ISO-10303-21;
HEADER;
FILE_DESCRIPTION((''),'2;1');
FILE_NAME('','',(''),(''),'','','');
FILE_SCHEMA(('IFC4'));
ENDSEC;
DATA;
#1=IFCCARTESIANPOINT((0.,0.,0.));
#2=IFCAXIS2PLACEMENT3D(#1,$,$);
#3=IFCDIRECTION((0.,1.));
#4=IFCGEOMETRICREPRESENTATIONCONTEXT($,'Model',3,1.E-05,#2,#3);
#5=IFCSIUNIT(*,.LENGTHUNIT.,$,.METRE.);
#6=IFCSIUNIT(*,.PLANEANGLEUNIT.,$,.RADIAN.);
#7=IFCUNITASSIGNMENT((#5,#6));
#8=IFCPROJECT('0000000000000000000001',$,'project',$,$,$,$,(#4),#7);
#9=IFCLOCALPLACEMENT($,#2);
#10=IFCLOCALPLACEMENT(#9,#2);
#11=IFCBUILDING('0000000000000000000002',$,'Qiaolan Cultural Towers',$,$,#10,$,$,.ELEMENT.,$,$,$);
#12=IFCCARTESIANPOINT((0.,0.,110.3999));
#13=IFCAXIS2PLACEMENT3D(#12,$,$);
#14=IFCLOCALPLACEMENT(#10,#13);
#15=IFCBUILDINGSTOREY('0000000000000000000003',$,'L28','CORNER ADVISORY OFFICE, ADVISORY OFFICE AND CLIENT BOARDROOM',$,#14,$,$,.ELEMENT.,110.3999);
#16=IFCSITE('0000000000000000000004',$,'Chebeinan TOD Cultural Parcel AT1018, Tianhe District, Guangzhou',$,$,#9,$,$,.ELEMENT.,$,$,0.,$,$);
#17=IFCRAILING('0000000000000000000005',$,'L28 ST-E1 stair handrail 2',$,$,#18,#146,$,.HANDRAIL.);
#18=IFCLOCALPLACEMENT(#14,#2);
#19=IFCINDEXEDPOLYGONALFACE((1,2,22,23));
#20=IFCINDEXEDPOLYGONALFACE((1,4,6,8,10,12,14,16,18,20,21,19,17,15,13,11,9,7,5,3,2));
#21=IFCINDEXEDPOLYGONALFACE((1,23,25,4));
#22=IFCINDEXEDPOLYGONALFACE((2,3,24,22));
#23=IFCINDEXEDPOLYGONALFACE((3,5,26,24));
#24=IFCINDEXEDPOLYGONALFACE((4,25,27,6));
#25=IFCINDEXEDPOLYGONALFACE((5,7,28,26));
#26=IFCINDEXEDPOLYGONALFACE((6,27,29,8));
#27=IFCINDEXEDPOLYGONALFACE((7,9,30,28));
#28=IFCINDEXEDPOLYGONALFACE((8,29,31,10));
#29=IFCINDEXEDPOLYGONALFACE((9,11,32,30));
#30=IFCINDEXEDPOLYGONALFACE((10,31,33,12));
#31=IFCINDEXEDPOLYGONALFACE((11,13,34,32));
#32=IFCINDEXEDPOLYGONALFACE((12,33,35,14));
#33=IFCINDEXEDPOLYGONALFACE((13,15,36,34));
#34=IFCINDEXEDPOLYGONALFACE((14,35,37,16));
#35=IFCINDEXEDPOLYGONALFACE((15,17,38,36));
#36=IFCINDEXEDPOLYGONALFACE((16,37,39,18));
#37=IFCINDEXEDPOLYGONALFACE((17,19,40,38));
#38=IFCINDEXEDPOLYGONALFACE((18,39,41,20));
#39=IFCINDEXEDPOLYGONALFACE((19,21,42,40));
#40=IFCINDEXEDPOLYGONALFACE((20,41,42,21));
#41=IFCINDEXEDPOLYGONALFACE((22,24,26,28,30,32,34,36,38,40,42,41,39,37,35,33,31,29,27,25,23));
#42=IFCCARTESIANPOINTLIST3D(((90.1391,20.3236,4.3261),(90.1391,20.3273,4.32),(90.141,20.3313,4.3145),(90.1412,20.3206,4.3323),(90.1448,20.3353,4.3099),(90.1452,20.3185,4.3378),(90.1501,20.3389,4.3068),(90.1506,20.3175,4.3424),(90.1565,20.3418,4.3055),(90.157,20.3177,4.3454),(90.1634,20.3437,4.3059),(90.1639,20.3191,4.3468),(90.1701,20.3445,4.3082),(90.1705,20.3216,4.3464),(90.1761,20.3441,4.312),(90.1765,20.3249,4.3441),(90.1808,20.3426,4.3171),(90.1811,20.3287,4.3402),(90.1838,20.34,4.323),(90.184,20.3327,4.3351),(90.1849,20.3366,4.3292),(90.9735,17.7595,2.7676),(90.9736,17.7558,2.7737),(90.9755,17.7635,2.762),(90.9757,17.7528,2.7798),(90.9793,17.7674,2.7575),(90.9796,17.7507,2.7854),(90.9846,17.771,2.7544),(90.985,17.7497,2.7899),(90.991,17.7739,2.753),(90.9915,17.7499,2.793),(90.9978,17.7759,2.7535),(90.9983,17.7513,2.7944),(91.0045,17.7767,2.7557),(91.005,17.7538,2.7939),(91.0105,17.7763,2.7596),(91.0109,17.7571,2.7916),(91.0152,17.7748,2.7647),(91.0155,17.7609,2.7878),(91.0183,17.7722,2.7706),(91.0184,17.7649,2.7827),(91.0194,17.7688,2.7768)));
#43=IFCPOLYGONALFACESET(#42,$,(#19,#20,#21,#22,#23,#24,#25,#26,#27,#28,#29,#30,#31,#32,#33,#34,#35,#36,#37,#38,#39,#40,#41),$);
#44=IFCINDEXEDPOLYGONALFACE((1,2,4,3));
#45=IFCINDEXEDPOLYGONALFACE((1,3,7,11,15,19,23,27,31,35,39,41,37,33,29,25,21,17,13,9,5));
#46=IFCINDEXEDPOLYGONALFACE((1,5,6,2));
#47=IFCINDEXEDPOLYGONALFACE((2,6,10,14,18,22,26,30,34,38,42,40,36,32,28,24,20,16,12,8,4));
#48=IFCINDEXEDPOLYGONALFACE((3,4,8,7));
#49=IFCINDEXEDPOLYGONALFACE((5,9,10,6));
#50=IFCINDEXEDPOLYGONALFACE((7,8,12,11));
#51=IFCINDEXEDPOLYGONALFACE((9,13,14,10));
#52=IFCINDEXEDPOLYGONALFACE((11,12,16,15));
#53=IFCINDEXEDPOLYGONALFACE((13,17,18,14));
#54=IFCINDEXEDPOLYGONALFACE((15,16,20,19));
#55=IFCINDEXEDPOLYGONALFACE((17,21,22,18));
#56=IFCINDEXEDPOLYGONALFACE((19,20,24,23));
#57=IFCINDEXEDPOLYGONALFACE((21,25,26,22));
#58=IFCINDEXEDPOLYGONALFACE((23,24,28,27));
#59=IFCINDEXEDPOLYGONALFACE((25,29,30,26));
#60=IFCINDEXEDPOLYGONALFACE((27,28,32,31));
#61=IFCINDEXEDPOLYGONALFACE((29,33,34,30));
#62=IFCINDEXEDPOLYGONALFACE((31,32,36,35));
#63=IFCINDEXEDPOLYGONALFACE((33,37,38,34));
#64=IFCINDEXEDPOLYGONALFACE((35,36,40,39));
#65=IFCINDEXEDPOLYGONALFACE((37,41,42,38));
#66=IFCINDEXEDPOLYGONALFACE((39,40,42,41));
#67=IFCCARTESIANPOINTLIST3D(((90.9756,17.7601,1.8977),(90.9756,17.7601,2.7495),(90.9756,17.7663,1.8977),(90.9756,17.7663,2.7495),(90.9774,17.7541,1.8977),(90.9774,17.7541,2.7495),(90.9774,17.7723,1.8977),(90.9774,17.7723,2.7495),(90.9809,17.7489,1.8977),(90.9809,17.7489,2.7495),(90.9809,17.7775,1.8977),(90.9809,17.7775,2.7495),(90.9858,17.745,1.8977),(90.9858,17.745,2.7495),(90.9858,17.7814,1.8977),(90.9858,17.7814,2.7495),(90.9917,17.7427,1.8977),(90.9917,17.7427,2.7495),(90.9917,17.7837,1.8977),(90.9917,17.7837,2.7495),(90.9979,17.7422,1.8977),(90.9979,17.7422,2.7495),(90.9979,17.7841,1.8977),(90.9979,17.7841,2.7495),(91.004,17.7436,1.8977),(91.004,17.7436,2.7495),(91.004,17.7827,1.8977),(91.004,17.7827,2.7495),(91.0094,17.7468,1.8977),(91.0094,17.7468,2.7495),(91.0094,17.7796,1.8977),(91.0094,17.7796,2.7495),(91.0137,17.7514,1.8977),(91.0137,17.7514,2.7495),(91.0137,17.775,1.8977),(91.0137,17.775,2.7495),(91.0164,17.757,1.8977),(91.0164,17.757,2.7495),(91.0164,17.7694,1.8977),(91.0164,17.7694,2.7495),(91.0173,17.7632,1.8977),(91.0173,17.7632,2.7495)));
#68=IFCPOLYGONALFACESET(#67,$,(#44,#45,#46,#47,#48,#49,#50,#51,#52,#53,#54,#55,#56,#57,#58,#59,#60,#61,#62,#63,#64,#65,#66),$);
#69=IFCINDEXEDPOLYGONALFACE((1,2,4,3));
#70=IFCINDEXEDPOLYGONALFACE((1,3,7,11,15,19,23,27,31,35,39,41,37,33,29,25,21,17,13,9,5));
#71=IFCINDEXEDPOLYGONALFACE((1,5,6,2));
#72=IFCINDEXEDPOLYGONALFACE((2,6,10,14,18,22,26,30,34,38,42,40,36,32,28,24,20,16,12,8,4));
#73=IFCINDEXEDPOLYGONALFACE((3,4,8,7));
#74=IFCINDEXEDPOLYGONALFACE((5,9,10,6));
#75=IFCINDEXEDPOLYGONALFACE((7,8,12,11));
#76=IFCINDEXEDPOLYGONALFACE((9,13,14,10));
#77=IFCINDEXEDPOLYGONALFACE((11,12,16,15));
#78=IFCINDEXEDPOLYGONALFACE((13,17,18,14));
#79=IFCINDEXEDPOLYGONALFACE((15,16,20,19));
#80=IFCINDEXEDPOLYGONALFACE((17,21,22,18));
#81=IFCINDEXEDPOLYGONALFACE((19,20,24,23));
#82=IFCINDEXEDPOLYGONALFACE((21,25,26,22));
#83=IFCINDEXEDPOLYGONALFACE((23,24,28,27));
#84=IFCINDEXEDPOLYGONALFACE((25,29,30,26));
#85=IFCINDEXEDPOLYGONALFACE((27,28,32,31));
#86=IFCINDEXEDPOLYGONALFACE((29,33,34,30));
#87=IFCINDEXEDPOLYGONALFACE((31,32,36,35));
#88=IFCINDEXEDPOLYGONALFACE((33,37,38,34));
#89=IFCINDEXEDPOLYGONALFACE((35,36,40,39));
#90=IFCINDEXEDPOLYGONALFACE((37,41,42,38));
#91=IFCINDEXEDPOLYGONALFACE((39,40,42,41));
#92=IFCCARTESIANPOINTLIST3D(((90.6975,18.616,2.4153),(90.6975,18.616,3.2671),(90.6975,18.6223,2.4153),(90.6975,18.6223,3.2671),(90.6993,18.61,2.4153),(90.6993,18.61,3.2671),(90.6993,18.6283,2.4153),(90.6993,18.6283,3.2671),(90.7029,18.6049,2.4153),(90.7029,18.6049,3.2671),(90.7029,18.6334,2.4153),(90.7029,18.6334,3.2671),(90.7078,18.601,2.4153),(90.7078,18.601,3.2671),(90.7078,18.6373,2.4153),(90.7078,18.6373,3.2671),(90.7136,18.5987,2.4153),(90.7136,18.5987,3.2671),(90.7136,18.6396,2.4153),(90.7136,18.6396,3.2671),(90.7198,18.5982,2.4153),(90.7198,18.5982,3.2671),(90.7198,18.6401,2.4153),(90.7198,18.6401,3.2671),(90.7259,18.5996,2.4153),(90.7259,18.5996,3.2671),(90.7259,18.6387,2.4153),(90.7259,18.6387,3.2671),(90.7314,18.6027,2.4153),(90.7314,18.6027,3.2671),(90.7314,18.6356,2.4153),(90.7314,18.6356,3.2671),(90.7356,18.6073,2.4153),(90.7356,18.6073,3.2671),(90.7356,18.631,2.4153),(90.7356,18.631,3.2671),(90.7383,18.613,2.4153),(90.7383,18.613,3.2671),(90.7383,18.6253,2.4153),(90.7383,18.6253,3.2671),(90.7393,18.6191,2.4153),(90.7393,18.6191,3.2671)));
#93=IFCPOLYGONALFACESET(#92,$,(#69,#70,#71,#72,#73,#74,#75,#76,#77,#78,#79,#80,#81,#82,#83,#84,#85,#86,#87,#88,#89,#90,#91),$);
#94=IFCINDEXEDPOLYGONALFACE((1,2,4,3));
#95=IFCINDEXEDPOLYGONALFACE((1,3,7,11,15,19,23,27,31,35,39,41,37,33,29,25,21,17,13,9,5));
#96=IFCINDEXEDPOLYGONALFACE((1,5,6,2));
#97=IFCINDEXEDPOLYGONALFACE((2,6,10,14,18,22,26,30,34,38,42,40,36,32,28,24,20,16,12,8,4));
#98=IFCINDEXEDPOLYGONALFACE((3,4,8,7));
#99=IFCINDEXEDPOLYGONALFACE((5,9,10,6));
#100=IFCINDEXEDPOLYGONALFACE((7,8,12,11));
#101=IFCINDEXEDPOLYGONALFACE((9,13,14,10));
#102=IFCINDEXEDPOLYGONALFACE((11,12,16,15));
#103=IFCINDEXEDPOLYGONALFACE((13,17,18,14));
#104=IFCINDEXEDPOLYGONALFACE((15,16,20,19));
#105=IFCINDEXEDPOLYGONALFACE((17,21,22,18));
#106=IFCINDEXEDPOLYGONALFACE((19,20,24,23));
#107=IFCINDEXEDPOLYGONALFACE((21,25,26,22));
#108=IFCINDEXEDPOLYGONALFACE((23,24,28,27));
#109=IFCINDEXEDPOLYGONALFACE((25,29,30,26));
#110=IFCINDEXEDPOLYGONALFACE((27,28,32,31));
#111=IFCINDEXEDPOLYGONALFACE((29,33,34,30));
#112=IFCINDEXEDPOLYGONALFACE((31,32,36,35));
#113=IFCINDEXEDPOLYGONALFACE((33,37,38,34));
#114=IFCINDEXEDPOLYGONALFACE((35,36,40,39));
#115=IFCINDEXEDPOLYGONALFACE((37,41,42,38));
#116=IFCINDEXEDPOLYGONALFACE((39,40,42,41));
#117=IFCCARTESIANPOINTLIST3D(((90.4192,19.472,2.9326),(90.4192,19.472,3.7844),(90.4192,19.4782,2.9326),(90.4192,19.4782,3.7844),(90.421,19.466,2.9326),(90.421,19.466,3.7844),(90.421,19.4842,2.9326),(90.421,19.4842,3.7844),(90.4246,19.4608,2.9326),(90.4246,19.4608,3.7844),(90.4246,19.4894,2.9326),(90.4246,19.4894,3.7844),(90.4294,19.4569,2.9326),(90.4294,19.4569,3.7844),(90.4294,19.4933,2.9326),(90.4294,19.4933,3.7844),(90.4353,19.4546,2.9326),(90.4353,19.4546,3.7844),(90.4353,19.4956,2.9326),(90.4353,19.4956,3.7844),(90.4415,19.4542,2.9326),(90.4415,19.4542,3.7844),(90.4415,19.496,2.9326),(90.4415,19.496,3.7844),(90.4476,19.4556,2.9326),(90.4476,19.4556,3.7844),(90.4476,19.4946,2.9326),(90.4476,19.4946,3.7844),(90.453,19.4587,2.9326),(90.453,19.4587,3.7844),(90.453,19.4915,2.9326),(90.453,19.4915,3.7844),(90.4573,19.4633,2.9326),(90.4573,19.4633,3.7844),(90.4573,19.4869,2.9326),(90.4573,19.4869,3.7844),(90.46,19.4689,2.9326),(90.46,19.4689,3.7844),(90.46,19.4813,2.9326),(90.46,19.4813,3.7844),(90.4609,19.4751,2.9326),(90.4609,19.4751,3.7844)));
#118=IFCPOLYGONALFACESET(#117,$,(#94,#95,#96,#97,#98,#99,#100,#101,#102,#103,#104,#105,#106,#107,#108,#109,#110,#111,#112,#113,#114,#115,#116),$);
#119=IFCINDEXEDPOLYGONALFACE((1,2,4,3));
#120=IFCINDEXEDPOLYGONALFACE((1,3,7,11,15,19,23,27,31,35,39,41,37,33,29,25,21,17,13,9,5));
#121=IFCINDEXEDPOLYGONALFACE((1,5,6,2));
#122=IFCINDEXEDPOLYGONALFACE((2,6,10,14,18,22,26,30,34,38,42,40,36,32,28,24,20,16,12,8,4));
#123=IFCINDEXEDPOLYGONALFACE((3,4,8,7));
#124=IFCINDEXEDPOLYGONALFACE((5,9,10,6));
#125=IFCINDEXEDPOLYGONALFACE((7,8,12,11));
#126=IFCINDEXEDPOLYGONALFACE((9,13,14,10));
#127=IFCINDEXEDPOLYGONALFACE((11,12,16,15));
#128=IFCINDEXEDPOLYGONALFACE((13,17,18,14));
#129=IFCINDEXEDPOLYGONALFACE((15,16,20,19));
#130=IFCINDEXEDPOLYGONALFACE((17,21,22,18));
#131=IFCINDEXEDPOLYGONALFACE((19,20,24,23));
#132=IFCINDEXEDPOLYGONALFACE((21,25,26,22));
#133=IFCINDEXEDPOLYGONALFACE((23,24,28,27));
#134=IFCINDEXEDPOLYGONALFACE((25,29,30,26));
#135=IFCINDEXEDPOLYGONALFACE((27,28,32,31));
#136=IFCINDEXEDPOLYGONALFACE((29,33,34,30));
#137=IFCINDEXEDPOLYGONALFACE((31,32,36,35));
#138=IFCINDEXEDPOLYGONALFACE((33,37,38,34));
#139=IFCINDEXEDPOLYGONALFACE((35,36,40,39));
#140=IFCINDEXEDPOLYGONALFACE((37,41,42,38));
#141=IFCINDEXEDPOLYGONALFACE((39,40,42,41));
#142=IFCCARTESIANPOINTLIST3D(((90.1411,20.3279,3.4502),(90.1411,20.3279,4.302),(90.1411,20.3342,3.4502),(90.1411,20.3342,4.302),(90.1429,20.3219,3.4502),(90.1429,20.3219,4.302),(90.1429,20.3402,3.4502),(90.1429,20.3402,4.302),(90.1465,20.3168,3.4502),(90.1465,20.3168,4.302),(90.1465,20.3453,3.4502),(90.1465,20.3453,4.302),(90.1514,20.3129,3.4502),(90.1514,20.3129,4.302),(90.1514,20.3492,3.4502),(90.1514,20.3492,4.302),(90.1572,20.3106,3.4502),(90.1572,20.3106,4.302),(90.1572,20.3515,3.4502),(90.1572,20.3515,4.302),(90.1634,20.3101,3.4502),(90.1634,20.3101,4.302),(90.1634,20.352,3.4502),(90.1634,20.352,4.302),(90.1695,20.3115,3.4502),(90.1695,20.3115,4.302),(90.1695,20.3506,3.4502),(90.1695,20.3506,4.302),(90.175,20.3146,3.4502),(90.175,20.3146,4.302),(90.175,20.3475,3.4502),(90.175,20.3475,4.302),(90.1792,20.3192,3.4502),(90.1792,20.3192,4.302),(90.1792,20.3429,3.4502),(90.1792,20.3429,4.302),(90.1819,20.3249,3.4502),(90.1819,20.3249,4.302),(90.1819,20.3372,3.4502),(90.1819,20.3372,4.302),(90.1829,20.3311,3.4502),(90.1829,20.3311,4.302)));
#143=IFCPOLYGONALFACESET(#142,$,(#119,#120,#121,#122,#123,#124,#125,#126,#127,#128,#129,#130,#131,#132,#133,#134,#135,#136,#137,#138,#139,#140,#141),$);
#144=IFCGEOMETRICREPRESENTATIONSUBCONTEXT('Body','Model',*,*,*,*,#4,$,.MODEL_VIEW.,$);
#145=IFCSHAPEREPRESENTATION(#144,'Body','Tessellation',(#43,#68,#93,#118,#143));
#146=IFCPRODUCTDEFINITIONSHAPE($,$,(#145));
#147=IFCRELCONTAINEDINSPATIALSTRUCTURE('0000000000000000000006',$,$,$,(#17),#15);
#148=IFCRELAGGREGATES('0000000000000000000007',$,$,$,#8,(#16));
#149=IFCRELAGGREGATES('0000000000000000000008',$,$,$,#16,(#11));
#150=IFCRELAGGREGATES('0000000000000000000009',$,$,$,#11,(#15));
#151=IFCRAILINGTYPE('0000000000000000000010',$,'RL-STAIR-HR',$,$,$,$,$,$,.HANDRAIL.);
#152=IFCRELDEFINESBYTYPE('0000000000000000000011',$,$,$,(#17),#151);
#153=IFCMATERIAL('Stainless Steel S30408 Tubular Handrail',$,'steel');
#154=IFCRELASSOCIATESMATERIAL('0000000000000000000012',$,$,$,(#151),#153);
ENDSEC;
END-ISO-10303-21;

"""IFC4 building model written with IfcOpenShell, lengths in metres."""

from ifc_helpers import new_model, si_unit, direction, frame, origin, origin_2d, place, context, subcontext, project, spatial, circle, extrude, material, type_object, element, save


model = new_model("IFC4")

# Units and contexts
model_context = context("Model", 3, precision=1e-05, world=origin(), true_north=direction((0.0, 1.0)))
body_context = subcontext(model_context, "Body", "Model", "MODEL_VIEW")
ifc_project = project(units=[si_unit("LENGTHUNIT", "METRE"), si_unit("PLANEANGLEUNIT", "RADIAN")], contexts=[model_context])

# Site, building, storey
site_placement = place(None, origin())
site = spatial("IfcSite", under=ifc_project, at=site_placement, Name="Chebeinan TOD Cultural Parcel AT1018, Tianhe District, Guangzhou", CompositionType="ELEMENT", RefElevation=0.0)
building_placement = place(site_placement, origin())
building = spatial("IfcBuilding", under=site, at=building_placement, Name="Qiaolan Cultural Towers", CompositionType="ELEMENT")
storey_placement = place(building_placement, frame((0.0, 0.0, 110.3999)))
storey = spatial("IfcBuildingStorey", under=building, at=storey_placement, Name="L28", Description="CORNER ADVISORY OFFICE, ADVISORY OFFICE AND CLIENT BOARDROOM", CompositionType="ELEMENT", Elevation=110.3999)

# Railing
ifc_material_1 = material(Name="Stainless Steel S30408 Tubular Handrail", Category="steel")
railing_type_1 = type_object("IfcRailingType", Name="RL-STAIR-HR", PredefinedType="HANDRAIL", material=ifc_material_1)
railing_1_placement = place(storey_placement, frame((90.9963, 17.7632, 1.8977)))
element("IfcRailing", 1, at=railing_1_placement, inside=storey, type_object=railing_type_1, Name="L28 ST-E1 stair handrail 2", PredefinedType="HANDRAIL", context=body_context, shape_type="SweptSolid", body=[
    extrude(circle(Radius=0.0239, at=origin_2d()), frame((0.0, 0.0, 0.876), z_axis=(-0.267926, 0.824471, 0.498461), x_axis=(-0.951043, -0.309057, 0.0)), (0.0, 0.0, 1.0), 3.1145),
    extrude(circle(Radius=0.021, at=origin_2d()), origin(), (0.0, 0.0, 1.0), 0.8518),
    extrude(circle(Radius=0.021, at=origin_2d()), frame((-0.2781, 0.856, 0.5176)), (0.0, 0.0, 1.0), 0.8518),
    extrude(circle(Radius=0.021, at=origin_2d()), frame((-0.5564, 1.7119, 1.0349)), (0.0, 0.0, 1.0), 0.8518),
    extrude(circle(Radius=0.021, at=origin_2d()), frame((-0.8345, 2.5679, 1.5525)), (0.0, 0.0, 1.0), 0.8518),
])

save(model, "model.ifc")
